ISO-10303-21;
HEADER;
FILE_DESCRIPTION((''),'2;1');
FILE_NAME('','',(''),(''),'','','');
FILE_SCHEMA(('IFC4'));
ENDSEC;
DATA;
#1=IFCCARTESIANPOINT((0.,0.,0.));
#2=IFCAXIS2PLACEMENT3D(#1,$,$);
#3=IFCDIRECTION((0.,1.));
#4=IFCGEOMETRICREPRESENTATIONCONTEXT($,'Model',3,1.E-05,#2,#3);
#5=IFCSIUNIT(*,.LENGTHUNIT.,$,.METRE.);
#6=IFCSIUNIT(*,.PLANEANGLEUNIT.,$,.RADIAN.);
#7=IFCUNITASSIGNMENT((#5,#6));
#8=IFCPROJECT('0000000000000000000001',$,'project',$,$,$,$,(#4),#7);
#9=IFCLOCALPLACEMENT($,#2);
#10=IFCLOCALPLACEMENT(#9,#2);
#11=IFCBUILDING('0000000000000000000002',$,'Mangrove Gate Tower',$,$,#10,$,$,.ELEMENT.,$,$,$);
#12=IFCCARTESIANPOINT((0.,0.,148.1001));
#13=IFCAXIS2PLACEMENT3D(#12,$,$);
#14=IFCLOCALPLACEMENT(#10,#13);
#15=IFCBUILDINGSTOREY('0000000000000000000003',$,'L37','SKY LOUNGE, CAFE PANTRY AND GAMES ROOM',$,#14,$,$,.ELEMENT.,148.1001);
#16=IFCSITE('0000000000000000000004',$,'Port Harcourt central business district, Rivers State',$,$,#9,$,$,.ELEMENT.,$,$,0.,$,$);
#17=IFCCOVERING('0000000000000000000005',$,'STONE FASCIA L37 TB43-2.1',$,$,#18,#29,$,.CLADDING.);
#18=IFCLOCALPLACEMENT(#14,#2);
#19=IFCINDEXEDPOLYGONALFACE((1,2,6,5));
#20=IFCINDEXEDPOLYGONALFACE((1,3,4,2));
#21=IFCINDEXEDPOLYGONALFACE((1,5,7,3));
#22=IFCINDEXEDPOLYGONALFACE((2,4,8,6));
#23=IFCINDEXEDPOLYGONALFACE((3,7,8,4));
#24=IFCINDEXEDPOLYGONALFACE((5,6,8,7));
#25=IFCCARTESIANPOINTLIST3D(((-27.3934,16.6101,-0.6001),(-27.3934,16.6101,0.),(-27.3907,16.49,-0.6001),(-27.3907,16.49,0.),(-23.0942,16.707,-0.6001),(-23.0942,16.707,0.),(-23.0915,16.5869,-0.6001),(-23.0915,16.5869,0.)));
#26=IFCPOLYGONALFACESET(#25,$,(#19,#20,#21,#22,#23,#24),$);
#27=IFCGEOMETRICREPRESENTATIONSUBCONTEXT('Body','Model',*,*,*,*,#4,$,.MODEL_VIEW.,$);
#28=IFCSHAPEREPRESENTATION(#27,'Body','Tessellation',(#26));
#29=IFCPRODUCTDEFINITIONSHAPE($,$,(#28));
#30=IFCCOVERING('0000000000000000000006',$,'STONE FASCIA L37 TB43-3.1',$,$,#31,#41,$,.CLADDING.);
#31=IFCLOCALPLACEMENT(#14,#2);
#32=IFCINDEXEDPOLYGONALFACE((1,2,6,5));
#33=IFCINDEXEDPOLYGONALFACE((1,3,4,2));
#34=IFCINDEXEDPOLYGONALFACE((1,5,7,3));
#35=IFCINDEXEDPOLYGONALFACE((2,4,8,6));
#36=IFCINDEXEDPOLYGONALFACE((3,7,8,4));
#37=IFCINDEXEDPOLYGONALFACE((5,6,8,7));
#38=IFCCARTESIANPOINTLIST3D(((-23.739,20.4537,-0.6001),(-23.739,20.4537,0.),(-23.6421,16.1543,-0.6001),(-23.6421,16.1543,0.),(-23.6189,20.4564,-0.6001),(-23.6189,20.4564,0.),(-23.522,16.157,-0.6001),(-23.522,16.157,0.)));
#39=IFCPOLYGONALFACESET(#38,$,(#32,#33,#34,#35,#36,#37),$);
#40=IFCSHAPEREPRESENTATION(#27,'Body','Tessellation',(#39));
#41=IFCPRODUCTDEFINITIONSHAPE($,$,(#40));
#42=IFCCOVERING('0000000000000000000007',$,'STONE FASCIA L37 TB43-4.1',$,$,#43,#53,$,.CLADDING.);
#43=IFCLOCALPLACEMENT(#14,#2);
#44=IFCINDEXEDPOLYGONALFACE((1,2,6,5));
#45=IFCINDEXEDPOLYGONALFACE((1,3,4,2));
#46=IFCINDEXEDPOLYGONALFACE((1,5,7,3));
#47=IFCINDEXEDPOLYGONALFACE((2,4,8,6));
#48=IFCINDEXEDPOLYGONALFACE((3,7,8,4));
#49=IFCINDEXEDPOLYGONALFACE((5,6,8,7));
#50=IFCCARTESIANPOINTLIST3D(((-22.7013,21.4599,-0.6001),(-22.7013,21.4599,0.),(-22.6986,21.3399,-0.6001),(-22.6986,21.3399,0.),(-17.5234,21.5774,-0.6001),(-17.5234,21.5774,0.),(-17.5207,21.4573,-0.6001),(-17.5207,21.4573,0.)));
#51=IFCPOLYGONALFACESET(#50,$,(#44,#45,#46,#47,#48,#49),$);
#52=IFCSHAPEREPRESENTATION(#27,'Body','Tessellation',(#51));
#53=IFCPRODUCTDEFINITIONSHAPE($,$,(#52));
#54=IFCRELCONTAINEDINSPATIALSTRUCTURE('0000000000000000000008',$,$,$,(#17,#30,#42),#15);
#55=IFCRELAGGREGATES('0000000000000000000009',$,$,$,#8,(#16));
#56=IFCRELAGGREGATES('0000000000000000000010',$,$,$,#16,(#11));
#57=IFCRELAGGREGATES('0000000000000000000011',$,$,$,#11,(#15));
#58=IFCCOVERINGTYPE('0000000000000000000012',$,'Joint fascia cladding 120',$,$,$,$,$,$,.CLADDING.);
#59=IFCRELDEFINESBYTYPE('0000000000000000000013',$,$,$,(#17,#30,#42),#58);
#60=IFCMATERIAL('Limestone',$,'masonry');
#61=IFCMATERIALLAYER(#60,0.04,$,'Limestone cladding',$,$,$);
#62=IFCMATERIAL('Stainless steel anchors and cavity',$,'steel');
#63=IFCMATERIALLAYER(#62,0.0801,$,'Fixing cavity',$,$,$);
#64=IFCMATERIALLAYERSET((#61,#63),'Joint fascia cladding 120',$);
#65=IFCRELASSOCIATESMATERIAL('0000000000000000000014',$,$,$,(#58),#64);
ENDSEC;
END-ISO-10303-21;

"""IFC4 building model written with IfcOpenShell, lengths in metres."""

from ifc_helpers import new_model, si_unit, direction, frame, frame_2d, origin, place, context, subcontext, project, spatial, rectangle, extrude, material, layer, layer_set, type_object, element, save


model = new_model("IFC4")

# Units and contexts
model_context = context("Model", 3, precision=1e-05, world=origin(), true_north=direction((0.0, 1.0)))
body_context = subcontext(model_context, "Body", "Model", "MODEL_VIEW")
ifc_project = project(units=[si_unit("LENGTHUNIT", "METRE"), si_unit("PLANEANGLEUNIT", "RADIAN")], contexts=[model_context])

# Site, building, storey
site_placement = place(None, origin())
site = spatial("IfcSite", under=ifc_project, at=site_placement, Name="Port Harcourt central business district, Rivers State", CompositionType="ELEMENT", RefElevation=0.0)
building_placement = place(site_placement, origin())
building = spatial("IfcBuilding", under=site, at=building_placement, Name="Mangrove Gate Tower", CompositionType="ELEMENT")
storey_placement = place(building_placement, frame((0.0, 0.0, 148.1001)))
storey = spatial("IfcBuildingStorey", under=building, at=storey_placement, Name="L37", Description="SKY LOUNGE, CAFE PANTRY AND GAMES ROOM", CompositionType="ELEMENT", Elevation=148.1001)

# Coverings
ifc_material_1 = material(Name="Limestone", Category="masonry")
ifc_layer_1 = layer(ifc_material_1, 0.04, Name="Limestone cladding")
ifc_material_2 = material(Name="Stainless steel anchors and cavity", Category="steel")
ifc_layer_2 = layer(ifc_material_2, 0.0801, Name="Fixing cavity")
ifc_layer_set_1 = layer_set([ifc_layer_1, ifc_layer_2], Name="Joint fascia cladding 120")
covering_type = type_object("IfcCoveringType", Name="Joint fascia cladding 120", PredefinedType="CLADDING", material=ifc_layer_set_1)
covering_1_placement = place(storey_placement, frame((-27.3921, 16.55, -0.6001), z_axis=(0.0, 0.0, 1.0), x_axis=(0.999746, 0.022538, 0.0)))
element("IfcCovering", 1, at=covering_1_placement, inside=storey, type_object=covering_type, Name="STONE FASCIA L37 TB43-2.1", PredefinedType="CLADDING", context=body_context, shape_type="SweptSolid", body=[
    extrude(rectangle(XDim=4.3003, YDim=0.1201, at=frame_2d((2.1501, 0.0))), origin(), (0.0, 0.0, 1.0), 0.6001),
])
covering_2_placement = place(storey_placement, frame((-23.582, 16.1555, -0.6001), z_axis=(0.0, 0.0, 1.0), x_axis=(-0.022537, 0.999746, 0.0)))
element("IfcCovering", 2, at=covering_2_placement, inside=storey, type_object=covering_type, Name="STONE FASCIA L37 TB43-3.1", PredefinedType="CLADDING", context=body_context, shape_type="SweptSolid", body=[
    extrude(rectangle(XDim=4.3005, YDim=0.1201, at=frame_2d((2.1504, 0.0))), origin(), (0.0, 0.0, 1.0), 0.6001),
])
covering_3_placement = place(storey_placement, frame((-22.7, 21.3999, -0.6001), z_axis=(0.0, 0.0, 1.0), x_axis=(0.999743, 0.022673, 0.0)))
element("IfcCovering", 3, at=covering_3_placement, inside=storey, type_object=covering_type, Name="STONE FASCIA L37 TB43-4.1", PredefinedType="CLADDING", context=body_context, shape_type="SweptSolid", body=[
    extrude(rectangle(XDim=5.1792, YDim=0.1201, at=frame_2d((2.5896, 0.0))), origin(), (0.0, 0.0, 1.0), 0.6001),
])

save(model, "model.ifc")
